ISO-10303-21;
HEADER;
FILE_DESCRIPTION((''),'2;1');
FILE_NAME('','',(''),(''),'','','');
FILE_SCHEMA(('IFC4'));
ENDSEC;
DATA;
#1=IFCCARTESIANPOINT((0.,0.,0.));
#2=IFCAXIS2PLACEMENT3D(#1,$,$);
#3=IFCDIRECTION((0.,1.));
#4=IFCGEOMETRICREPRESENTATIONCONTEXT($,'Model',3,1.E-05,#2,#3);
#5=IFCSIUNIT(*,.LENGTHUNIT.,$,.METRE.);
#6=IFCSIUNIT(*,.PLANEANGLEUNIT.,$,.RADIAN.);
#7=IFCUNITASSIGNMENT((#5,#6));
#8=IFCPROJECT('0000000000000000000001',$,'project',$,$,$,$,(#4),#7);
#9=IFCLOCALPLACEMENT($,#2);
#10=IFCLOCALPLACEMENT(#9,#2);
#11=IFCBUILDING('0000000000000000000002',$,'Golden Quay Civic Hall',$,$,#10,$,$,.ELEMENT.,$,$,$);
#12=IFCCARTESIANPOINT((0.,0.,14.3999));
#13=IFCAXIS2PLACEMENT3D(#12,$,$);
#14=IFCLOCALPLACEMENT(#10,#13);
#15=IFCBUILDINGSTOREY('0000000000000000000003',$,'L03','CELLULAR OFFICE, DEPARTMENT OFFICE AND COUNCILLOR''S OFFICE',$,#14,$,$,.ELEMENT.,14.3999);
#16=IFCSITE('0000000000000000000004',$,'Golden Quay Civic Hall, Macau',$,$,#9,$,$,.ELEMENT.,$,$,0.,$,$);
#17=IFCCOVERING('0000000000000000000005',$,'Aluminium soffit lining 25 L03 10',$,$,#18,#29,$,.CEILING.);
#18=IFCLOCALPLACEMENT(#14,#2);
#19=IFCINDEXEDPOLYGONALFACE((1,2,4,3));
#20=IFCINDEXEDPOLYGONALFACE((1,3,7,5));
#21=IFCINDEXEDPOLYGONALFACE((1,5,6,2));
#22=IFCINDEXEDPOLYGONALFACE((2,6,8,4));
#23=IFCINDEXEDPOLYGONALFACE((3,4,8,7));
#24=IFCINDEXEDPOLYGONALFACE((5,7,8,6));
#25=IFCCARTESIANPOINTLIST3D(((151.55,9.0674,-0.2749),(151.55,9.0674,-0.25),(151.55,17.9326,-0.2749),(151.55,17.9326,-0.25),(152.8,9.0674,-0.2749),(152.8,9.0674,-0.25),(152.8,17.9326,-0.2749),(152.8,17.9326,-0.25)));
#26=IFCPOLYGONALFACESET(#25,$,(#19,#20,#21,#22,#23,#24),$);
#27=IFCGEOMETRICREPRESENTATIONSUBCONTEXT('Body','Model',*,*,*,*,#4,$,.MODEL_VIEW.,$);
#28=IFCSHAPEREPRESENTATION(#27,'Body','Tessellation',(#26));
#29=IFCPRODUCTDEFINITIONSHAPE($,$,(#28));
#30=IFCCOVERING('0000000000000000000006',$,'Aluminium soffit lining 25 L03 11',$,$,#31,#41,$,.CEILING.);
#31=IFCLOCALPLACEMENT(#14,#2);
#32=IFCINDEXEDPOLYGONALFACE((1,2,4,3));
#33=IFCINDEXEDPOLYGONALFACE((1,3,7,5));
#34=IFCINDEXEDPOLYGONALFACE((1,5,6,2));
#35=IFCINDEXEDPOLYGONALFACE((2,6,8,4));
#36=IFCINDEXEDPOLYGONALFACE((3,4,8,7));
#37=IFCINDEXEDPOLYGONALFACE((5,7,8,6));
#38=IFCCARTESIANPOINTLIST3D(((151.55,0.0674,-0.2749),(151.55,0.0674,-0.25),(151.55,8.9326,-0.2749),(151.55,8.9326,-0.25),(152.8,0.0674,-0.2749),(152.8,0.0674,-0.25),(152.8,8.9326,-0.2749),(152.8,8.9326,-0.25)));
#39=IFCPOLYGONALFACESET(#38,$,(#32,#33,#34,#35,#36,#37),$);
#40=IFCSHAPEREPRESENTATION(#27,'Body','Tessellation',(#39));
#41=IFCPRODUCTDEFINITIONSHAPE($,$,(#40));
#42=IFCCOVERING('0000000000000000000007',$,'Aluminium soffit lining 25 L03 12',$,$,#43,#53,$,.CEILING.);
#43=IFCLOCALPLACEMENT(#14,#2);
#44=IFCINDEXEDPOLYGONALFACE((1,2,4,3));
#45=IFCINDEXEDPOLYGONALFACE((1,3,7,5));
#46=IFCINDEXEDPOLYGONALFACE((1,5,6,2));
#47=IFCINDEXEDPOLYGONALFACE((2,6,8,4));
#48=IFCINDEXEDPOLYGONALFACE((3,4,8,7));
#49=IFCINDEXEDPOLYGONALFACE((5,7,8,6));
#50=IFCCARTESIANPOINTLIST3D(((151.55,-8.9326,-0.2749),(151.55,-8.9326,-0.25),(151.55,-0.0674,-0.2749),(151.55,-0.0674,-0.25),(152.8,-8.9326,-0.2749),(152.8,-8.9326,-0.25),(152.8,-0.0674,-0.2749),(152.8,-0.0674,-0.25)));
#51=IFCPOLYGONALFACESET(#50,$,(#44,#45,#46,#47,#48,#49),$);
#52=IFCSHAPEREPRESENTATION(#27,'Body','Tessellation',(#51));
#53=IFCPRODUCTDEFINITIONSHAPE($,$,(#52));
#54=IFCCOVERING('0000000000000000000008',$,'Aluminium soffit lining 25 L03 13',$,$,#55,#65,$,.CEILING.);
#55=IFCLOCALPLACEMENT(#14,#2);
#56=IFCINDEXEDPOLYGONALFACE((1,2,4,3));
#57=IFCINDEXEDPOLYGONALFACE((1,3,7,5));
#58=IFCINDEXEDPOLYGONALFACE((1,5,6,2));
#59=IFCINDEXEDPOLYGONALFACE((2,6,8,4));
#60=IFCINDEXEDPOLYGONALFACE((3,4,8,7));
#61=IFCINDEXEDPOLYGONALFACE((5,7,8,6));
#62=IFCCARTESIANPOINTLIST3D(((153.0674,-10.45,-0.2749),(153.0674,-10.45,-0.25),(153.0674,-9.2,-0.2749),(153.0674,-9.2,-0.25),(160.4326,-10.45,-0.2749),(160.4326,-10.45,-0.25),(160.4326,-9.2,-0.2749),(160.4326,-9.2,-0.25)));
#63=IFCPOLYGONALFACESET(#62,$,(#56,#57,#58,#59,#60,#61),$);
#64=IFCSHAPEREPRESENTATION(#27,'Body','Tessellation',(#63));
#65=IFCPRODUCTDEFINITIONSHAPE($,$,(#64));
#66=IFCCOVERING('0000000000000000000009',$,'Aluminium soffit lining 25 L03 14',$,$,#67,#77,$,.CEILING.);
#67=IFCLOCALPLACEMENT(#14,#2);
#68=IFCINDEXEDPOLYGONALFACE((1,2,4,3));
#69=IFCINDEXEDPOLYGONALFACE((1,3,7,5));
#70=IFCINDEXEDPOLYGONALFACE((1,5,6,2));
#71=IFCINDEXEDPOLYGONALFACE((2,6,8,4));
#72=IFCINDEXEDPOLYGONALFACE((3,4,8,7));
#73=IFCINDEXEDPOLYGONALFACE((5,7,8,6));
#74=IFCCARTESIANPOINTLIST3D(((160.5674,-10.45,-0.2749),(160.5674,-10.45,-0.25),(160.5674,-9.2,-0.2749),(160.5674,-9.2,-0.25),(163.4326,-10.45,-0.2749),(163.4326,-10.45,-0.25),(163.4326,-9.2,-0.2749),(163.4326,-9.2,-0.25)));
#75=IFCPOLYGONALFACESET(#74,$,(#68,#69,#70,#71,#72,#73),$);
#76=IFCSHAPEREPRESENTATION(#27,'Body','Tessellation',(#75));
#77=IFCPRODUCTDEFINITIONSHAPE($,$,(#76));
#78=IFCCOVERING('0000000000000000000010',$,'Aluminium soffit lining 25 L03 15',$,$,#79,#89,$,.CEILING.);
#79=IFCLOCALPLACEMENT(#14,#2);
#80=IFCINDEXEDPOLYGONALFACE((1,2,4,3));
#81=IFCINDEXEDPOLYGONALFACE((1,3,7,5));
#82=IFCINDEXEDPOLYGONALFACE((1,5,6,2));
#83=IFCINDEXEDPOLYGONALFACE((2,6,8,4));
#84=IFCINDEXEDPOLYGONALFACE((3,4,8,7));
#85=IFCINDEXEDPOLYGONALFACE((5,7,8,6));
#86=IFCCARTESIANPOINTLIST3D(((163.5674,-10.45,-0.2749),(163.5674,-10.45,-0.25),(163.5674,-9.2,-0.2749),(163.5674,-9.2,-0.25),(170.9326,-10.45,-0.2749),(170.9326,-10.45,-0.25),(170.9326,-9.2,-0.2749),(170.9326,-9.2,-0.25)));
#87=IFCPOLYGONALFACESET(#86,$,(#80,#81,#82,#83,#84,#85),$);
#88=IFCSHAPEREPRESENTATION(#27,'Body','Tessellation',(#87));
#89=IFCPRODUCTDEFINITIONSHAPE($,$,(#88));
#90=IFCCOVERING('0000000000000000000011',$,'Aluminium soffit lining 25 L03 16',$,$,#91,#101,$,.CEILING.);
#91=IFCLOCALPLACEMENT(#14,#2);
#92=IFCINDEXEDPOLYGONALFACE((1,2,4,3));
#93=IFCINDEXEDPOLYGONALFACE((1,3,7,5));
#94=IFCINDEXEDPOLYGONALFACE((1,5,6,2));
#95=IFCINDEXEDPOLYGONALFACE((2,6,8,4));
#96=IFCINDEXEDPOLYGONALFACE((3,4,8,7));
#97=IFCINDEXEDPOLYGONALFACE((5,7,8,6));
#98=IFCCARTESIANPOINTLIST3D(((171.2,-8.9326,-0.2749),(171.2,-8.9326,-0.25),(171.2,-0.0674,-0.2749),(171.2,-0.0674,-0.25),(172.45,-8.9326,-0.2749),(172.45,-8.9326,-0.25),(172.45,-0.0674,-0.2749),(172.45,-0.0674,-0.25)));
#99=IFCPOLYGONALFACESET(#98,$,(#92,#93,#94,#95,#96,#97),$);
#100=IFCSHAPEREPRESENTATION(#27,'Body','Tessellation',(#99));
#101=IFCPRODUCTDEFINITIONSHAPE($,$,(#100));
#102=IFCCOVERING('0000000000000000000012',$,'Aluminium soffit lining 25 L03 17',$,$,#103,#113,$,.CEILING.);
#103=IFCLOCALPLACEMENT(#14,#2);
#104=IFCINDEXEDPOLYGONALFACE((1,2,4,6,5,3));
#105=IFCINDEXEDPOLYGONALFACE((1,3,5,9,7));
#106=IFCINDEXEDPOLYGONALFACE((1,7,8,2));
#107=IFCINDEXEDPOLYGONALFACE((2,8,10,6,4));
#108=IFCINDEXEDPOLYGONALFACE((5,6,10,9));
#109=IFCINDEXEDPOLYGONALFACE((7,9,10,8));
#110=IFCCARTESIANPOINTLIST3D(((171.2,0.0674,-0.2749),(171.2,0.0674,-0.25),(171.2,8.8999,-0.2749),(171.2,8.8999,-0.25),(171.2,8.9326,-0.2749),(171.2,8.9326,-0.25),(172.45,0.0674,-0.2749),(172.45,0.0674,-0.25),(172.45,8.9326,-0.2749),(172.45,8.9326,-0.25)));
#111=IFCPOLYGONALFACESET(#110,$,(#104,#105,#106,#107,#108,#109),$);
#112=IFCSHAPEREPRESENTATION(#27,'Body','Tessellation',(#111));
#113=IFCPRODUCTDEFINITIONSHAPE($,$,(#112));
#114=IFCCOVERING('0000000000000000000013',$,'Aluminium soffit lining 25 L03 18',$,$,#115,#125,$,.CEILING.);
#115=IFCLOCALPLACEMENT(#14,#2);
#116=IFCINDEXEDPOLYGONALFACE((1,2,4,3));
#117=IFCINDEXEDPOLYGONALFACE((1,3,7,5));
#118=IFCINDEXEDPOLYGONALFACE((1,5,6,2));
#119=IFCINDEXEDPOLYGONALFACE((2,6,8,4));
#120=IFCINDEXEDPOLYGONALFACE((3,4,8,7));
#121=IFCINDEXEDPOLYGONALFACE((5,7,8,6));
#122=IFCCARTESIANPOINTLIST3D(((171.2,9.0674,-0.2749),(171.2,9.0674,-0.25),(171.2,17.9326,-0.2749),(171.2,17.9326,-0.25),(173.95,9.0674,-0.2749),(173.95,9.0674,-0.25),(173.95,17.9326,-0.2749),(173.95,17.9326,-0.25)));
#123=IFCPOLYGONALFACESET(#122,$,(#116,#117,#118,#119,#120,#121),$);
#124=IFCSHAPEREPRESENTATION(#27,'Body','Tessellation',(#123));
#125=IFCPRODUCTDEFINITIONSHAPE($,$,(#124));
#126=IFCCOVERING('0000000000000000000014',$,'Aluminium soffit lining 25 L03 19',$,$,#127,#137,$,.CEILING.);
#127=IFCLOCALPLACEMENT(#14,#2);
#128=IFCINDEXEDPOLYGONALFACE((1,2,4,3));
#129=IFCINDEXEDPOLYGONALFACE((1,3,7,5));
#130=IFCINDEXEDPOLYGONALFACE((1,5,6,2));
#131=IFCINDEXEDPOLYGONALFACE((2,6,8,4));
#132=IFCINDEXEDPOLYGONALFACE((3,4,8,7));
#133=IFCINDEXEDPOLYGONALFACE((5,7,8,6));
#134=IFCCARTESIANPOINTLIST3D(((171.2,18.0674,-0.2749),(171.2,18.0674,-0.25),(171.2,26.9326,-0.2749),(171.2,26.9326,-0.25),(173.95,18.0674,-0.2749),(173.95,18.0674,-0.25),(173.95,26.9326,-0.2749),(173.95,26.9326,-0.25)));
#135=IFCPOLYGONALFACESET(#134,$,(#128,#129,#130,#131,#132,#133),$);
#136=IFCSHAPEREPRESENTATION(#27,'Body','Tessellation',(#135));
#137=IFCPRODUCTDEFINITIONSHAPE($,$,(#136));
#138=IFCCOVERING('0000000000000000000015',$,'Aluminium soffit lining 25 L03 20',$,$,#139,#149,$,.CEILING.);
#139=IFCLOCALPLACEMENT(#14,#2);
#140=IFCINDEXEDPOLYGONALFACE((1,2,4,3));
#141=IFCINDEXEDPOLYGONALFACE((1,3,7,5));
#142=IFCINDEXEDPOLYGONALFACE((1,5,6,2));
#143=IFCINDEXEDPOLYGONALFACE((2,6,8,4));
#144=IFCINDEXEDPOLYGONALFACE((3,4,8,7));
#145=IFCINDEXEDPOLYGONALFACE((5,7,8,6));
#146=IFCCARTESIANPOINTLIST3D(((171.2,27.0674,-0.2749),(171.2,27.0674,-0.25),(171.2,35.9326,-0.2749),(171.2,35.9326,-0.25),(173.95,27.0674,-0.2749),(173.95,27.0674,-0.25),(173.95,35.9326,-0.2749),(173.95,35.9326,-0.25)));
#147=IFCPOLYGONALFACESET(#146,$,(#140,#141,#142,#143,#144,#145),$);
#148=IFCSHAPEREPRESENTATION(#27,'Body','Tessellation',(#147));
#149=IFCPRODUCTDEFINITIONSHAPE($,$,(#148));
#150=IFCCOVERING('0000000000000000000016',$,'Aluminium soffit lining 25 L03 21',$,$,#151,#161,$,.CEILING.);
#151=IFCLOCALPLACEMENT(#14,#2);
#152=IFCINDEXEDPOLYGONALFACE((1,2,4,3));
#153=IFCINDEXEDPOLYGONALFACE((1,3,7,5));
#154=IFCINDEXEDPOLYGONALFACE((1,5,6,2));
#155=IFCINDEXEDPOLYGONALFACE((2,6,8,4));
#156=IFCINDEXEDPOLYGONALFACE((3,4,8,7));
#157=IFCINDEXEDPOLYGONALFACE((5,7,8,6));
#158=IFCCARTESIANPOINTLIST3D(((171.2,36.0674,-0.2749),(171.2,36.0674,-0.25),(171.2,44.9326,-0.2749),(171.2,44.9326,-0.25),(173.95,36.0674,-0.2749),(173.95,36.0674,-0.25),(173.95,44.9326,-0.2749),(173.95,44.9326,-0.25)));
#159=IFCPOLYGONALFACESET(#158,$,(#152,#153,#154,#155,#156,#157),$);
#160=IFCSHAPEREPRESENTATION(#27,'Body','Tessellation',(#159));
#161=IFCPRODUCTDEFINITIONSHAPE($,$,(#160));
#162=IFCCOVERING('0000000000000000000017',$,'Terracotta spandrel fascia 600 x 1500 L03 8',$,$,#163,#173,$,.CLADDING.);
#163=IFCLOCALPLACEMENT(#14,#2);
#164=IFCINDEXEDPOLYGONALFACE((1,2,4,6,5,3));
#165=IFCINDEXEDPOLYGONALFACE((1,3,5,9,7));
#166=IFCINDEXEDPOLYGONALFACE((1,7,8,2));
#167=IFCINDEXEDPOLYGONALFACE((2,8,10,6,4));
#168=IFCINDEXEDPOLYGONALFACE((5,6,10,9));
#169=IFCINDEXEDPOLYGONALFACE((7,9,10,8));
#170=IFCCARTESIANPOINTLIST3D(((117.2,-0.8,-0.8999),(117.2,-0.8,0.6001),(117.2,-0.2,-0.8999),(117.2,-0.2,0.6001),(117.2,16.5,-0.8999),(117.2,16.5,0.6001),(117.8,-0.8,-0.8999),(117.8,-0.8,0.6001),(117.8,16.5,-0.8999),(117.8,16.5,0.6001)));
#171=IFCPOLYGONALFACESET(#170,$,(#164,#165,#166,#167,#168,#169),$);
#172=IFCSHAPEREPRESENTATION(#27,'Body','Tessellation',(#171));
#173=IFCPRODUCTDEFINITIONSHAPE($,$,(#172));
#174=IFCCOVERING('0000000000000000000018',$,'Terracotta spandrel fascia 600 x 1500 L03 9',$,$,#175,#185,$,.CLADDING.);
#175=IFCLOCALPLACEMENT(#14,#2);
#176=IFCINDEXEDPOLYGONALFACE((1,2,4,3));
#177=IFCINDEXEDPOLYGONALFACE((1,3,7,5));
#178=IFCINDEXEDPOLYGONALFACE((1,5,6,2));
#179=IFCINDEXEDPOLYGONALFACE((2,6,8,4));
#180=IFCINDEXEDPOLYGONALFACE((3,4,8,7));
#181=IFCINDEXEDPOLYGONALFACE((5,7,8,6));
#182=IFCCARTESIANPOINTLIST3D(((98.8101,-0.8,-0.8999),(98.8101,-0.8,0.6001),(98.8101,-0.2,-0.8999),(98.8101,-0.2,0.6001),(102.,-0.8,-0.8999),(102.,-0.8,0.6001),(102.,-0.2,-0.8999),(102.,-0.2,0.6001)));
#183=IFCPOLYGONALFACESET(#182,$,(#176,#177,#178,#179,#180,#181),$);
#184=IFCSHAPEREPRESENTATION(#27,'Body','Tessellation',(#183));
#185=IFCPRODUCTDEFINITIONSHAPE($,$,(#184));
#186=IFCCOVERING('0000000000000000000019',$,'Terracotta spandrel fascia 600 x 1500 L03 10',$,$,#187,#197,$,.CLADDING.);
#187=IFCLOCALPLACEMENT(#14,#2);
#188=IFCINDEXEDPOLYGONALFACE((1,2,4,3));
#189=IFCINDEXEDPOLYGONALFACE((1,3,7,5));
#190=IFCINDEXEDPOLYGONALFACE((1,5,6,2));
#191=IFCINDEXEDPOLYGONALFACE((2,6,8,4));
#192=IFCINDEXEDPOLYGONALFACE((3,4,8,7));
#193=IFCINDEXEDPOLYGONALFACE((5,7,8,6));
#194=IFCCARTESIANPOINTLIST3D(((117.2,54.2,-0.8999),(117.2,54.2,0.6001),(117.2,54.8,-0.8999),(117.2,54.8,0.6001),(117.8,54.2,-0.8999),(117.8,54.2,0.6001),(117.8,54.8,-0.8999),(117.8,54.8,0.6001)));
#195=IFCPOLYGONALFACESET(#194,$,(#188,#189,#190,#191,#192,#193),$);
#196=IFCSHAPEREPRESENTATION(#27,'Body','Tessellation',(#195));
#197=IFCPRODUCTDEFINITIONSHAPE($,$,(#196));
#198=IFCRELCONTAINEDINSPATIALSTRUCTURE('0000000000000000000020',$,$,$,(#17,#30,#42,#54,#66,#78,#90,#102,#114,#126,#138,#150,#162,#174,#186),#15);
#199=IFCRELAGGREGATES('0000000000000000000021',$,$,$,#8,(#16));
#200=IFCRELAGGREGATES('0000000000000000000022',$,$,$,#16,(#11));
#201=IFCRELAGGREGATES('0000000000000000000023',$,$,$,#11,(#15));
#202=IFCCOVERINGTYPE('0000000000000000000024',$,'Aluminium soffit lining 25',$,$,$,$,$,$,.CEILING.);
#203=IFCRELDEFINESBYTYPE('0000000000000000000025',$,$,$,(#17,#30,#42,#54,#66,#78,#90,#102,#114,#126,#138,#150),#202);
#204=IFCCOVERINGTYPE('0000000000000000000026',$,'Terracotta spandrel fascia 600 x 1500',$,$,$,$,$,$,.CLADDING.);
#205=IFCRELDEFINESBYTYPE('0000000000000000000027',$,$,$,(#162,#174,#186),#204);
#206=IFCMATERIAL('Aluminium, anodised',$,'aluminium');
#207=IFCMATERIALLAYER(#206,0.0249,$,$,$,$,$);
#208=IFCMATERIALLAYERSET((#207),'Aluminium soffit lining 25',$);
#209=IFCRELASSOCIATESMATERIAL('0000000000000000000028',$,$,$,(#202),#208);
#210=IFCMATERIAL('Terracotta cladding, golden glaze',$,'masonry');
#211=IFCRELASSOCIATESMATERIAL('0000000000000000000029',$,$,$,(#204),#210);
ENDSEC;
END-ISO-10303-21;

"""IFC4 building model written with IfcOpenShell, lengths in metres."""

from ifc_helpers import new_model, si_unit, direction, frame, origin, place, context, subcontext, project, spatial, polyline, outline, extrude, material, layer, layer_set, type_object, element, save


model = new_model("IFC4")

# Units and contexts
model_context = context("Model", 3, precision=1e-05, world=origin(), true_north=direction((0.0, 1.0)))
body_context = subcontext(model_context, "Body", "Model", "MODEL_VIEW")
ifc_project = project(units=[si_unit("LENGTHUNIT", "METRE"), si_unit("PLANEANGLEUNIT", "RADIAN")], contexts=[model_context])

# Site, building, storey
site_placement = place(None, origin())
site = spatial("IfcSite", under=ifc_project, at=site_placement, Name="Golden Quay Civic Hall, Macau", CompositionType="ELEMENT", RefElevation=0.0)
building_placement = place(site_placement, origin())
building = spatial("IfcBuilding", under=site, at=building_placement, Name="Golden Quay Civic Hall", CompositionType="ELEMENT")
storey_placement = place(building_placement, frame((0.0, 0.0, 14.3999)))
storey = spatial("IfcBuildingStorey", under=building, at=storey_placement, Name="L03", Description="CELLULAR OFFICE, DEPARTMENT OFFICE AND COUNCILLOR'S OFFICE", CompositionType="ELEMENT", Elevation=14.3999)

# Coverings
ifc_material_1 = material(Name="Aluminium, anodised", Category="aluminium")
ifc_layer = layer(ifc_material_1, 0.0249)
ifc_layer_set = layer_set([ifc_layer], Name="Aluminium soffit lining 25")
covering_type_1 = type_object("IfcCoveringType", Name="Aluminium soffit lining 25", PredefinedType="CEILING", material=ifc_layer_set)
covering_1_placement = place(storey_placement, frame((0.0, 0.0, -0.2749)))
element("IfcCovering", 1, at=covering_1_placement, inside=storey, type_object=covering_type_1, Name="Aluminium soffit lining 25 L03 10", PredefinedType="CEILING", context=body_context, shape_type="SweptSolid", body=[
    extrude(outline(polyline([(152.8, 9.0674), (151.55, 9.0674), (151.55, 17.9326), (152.8, 17.9326), (152.8, 9.0674)])), origin(), (0.0, 0.0, 1.0), 0.0249),
])
covering_2_placement = place(storey_placement, frame((0.0, 0.0, -0.2749)))
element("IfcCovering", 2, at=covering_2_placement, inside=storey, type_object=covering_type_1, Name="Aluminium soffit lining 25 L03 11", PredefinedType="CEILING", context=body_context, shape_type="SweptSolid", body=[
    extrude(outline(polyline([(152.8, 0.0674), (151.55, 0.0674), (151.55, 8.9326), (152.8, 8.9326), (152.8, 0.0674)])), origin(), (0.0, 0.0, 1.0), 0.0249),
])
covering_3_placement = place(storey_placement, frame((0.0, 0.0, -0.2749)))
element("IfcCovering", 3, at=covering_3_placement, inside=storey, type_object=covering_type_1, Name="Aluminium soffit lining 25 L03 12", PredefinedType="CEILING", context=body_context, shape_type="SweptSolid", body=[
    extrude(outline(polyline([(152.8, -8.9326), (151.55, -8.9326), (151.55, -0.0674), (152.8, -0.0674), (152.8, -8.9326)])), origin(), (0.0, 0.0, 1.0), 0.0249),
])
covering_4_placement = place(storey_placement, frame((0.0, 0.0, -0.2749)))
element("IfcCovering", 4, at=covering_4_placement, inside=storey, type_object=covering_type_1, Name="Aluminium soffit lining 25 L03 13", PredefinedType="CEILING", context=body_context, shape_type="SweptSolid", body=[
    extrude(outline(polyline([(160.4326, -9.2), (160.4326, -10.45), (153.0674, -10.45), (153.0674, -9.2), (160.4326, -9.2)])), origin(), (0.0, 0.0, 1.0), 0.0249),
])
covering_5_placement = place(storey_placement, frame((0.0, 0.0, -0.2749)))
element("IfcCovering", 5, at=covering_5_placement, inside=storey, type_object=covering_type_1, Name="Aluminium soffit lining 25 L03 14", PredefinedType="CEILING", context=body_context, shape_type="SweptSolid", body=[
    extrude(outline(polyline([(163.4326, -9.2), (163.4326, -10.45), (160.5674, -10.45), (160.5674, -9.2), (163.4326, -9.2)])), origin(), (0.0, 0.0, 1.0), 0.0249),
])
covering_6_placement = place(storey_placement, frame((0.0, 0.0, -0.2749)))
element("IfcCovering", 6, at=covering_6_placement, inside=storey, type_object=covering_type_1, Name="Aluminium soffit lining 25 L03 15", PredefinedType="CEILING", context=body_context, shape_type="SweptSolid", body=[
    extrude(outline(polyline([(170.9326, -9.2), (170.9326, -10.45), (163.5674, -10.45), (163.5674, -9.2), (170.9326, -9.2)])), origin(), (0.0, 0.0, 1.0), 0.0249),
])
covering_7_placement = place(storey_placement, frame((0.0, 0.0, -0.2749)))
element("IfcCovering", 7, at=covering_7_placement, inside=storey, type_object=covering_type_1, Name="Aluminium soffit lining 25 L03 16", PredefinedType="CEILING", context=body_context, shape_type="SweptSolid", body=[
    extrude(outline(polyline([(171.2, -0.0674), (172.45, -0.0674), (172.45, -8.9326), (171.2, -8.9326), (171.2, -0.0674)])), origin(), (0.0, 0.0, 1.0), 0.0249),
])
covering_8_placement = place(storey_placement, frame((0.0, 0.0, -0.2749)))
element("IfcCovering", 8, at=covering_8_placement, inside=storey, type_object=covering_type_1, Name="Aluminium soffit lining 25 L03 17", PredefinedType="CEILING", context=body_context, shape_type="SweptSolid", body=[
    extrude(outline(polyline([(171.2, 8.8999), (171.2, 8.9326), (172.45, 8.9326), (172.45, 0.0674), (171.2, 0.0674), (171.2, 8.8999)])), origin(), (0.0, 0.0, 1.0), 0.0249),
])
covering_9_placement = place(storey_placement, frame((0.0, 0.0, -0.2749)))
element("IfcCovering", 9, at=covering_9_placement, inside=storey, type_object=covering_type_1, Name="Aluminium soffit lining 25 L03 18", PredefinedType="CEILING", context=body_context, shape_type="SweptSolid", body=[
    extrude(outline(polyline([(171.2, 17.9326), (173.95, 17.9326), (173.95, 9.0674), (171.2, 9.0674), (171.2, 17.9326)])), origin(), (0.0, 0.0, 1.0), 0.0249),
])
covering_10_placement = place(storey_placement, frame((0.0, 0.0, -0.2749)))
element("IfcCovering", 10, at=covering_10_placement, inside=storey, type_object=covering_type_1, Name="Aluminium soffit lining 25 L03 19", PredefinedType="CEILING", context=body_context, shape_type="SweptSolid", body=[
    extrude(outline(polyline([(171.2, 26.9326), (173.95, 26.9326), (173.95, 18.0674), (171.2, 18.0674), (171.2, 26.9326)])), origin(), (0.0, 0.0, 1.0), 0.0249),
])
covering_11_placement = place(storey_placement, frame((0.0, 0.0, -0.2749)))
element("IfcCovering", 11, at=covering_11_placement, inside=storey, type_object=covering_type_1, Name="Aluminium soffit lining 25 L03 20", PredefinedType="CEILING", context=body_context, shape_type="SweptSolid", body=[
    extrude(outline(polyline([(171.2, 35.9326), (173.95, 35.9326), (173.95, 27.0674), (171.2, 27.0674), (171.2, 35.9326)])), origin(), (0.0, 0.0, 1.0), 0.0249),
])
covering_12_placement = place(storey_placement, frame((0.0, 0.0, -0.2749)))
element("IfcCovering", 12, at=covering_12_placement, inside=storey, type_object=covering_type_1, Name="Aluminium soffit lining 25 L03 21", PredefinedType="CEILING", context=body_context, shape_type="SweptSolid", body=[
    extrude(outline(polyline([(171.2, 44.9326), (173.95, 44.9326), (173.95, 36.0674), (171.2, 36.0674), (171.2, 44.9326)])), origin(), (0.0, 0.0, 1.0), 0.0249),
])
ifc_material_2 = material(Name="Terracotta cladding, golden glaze", Category="masonry")
covering_type_2 = type_object("IfcCoveringType", Name="Terracotta spandrel fascia 600 x 1500", PredefinedType="CLADDING", material=ifc_material_2)
covering_13_placement = place(storey_placement, frame((0.0, 0.0, -0.8999)))
element("IfcCovering", 13, at=covering_13_placement, inside=storey, type_object=covering_type_2, Name="Terracotta spandrel fascia 600 x 1500 L03 8", PredefinedType="CLADDING", context=body_context, shape_type="SweptSolid", body=[
    extrude(outline(polyline([(117.8, -0.8), (117.2, -0.8), (117.2, -0.2), (117.2, 16.5), (117.8, 16.5), (117.8, -0.8)])), origin(), (0.0, 0.0, 1.0), 1.5),
])
covering_14_placement = place(storey_placement, frame((0.0, 0.0, -0.8999)))
element("IfcCovering", 14, at=covering_14_placement, inside=storey, type_object=covering_type_2, Name="Terracotta spandrel fascia 600 x 1500 L03 9", PredefinedType="CLADDING", context=body_context, shape_type="SweptSolid", body=[
    extrude(outline(polyline([(98.8101, -0.2), (102.0, -0.2), (102.0, -0.8), (98.8101, -0.8), (98.8101, -0.2)])), origin(), (0.0, 0.0, 1.0), 1.5),
])
covering_15_placement = place(storey_placement, frame((0.0, 0.0, -0.8999)))
element("IfcCovering", 15, at=covering_15_placement, inside=storey, type_object=covering_type_2, Name="Terracotta spandrel fascia 600 x 1500 L03 10", PredefinedType="CLADDING", context=body_context, shape_type="SweptSolid", body=[
    extrude(outline(polyline([(117.2, 54.2), (117.2, 54.8), (117.8, 54.8), (117.8, 54.2), (117.2, 54.2)])), origin(), (0.0, 0.0, 1.0), 1.5),
])

save(model, "model.ifc")
